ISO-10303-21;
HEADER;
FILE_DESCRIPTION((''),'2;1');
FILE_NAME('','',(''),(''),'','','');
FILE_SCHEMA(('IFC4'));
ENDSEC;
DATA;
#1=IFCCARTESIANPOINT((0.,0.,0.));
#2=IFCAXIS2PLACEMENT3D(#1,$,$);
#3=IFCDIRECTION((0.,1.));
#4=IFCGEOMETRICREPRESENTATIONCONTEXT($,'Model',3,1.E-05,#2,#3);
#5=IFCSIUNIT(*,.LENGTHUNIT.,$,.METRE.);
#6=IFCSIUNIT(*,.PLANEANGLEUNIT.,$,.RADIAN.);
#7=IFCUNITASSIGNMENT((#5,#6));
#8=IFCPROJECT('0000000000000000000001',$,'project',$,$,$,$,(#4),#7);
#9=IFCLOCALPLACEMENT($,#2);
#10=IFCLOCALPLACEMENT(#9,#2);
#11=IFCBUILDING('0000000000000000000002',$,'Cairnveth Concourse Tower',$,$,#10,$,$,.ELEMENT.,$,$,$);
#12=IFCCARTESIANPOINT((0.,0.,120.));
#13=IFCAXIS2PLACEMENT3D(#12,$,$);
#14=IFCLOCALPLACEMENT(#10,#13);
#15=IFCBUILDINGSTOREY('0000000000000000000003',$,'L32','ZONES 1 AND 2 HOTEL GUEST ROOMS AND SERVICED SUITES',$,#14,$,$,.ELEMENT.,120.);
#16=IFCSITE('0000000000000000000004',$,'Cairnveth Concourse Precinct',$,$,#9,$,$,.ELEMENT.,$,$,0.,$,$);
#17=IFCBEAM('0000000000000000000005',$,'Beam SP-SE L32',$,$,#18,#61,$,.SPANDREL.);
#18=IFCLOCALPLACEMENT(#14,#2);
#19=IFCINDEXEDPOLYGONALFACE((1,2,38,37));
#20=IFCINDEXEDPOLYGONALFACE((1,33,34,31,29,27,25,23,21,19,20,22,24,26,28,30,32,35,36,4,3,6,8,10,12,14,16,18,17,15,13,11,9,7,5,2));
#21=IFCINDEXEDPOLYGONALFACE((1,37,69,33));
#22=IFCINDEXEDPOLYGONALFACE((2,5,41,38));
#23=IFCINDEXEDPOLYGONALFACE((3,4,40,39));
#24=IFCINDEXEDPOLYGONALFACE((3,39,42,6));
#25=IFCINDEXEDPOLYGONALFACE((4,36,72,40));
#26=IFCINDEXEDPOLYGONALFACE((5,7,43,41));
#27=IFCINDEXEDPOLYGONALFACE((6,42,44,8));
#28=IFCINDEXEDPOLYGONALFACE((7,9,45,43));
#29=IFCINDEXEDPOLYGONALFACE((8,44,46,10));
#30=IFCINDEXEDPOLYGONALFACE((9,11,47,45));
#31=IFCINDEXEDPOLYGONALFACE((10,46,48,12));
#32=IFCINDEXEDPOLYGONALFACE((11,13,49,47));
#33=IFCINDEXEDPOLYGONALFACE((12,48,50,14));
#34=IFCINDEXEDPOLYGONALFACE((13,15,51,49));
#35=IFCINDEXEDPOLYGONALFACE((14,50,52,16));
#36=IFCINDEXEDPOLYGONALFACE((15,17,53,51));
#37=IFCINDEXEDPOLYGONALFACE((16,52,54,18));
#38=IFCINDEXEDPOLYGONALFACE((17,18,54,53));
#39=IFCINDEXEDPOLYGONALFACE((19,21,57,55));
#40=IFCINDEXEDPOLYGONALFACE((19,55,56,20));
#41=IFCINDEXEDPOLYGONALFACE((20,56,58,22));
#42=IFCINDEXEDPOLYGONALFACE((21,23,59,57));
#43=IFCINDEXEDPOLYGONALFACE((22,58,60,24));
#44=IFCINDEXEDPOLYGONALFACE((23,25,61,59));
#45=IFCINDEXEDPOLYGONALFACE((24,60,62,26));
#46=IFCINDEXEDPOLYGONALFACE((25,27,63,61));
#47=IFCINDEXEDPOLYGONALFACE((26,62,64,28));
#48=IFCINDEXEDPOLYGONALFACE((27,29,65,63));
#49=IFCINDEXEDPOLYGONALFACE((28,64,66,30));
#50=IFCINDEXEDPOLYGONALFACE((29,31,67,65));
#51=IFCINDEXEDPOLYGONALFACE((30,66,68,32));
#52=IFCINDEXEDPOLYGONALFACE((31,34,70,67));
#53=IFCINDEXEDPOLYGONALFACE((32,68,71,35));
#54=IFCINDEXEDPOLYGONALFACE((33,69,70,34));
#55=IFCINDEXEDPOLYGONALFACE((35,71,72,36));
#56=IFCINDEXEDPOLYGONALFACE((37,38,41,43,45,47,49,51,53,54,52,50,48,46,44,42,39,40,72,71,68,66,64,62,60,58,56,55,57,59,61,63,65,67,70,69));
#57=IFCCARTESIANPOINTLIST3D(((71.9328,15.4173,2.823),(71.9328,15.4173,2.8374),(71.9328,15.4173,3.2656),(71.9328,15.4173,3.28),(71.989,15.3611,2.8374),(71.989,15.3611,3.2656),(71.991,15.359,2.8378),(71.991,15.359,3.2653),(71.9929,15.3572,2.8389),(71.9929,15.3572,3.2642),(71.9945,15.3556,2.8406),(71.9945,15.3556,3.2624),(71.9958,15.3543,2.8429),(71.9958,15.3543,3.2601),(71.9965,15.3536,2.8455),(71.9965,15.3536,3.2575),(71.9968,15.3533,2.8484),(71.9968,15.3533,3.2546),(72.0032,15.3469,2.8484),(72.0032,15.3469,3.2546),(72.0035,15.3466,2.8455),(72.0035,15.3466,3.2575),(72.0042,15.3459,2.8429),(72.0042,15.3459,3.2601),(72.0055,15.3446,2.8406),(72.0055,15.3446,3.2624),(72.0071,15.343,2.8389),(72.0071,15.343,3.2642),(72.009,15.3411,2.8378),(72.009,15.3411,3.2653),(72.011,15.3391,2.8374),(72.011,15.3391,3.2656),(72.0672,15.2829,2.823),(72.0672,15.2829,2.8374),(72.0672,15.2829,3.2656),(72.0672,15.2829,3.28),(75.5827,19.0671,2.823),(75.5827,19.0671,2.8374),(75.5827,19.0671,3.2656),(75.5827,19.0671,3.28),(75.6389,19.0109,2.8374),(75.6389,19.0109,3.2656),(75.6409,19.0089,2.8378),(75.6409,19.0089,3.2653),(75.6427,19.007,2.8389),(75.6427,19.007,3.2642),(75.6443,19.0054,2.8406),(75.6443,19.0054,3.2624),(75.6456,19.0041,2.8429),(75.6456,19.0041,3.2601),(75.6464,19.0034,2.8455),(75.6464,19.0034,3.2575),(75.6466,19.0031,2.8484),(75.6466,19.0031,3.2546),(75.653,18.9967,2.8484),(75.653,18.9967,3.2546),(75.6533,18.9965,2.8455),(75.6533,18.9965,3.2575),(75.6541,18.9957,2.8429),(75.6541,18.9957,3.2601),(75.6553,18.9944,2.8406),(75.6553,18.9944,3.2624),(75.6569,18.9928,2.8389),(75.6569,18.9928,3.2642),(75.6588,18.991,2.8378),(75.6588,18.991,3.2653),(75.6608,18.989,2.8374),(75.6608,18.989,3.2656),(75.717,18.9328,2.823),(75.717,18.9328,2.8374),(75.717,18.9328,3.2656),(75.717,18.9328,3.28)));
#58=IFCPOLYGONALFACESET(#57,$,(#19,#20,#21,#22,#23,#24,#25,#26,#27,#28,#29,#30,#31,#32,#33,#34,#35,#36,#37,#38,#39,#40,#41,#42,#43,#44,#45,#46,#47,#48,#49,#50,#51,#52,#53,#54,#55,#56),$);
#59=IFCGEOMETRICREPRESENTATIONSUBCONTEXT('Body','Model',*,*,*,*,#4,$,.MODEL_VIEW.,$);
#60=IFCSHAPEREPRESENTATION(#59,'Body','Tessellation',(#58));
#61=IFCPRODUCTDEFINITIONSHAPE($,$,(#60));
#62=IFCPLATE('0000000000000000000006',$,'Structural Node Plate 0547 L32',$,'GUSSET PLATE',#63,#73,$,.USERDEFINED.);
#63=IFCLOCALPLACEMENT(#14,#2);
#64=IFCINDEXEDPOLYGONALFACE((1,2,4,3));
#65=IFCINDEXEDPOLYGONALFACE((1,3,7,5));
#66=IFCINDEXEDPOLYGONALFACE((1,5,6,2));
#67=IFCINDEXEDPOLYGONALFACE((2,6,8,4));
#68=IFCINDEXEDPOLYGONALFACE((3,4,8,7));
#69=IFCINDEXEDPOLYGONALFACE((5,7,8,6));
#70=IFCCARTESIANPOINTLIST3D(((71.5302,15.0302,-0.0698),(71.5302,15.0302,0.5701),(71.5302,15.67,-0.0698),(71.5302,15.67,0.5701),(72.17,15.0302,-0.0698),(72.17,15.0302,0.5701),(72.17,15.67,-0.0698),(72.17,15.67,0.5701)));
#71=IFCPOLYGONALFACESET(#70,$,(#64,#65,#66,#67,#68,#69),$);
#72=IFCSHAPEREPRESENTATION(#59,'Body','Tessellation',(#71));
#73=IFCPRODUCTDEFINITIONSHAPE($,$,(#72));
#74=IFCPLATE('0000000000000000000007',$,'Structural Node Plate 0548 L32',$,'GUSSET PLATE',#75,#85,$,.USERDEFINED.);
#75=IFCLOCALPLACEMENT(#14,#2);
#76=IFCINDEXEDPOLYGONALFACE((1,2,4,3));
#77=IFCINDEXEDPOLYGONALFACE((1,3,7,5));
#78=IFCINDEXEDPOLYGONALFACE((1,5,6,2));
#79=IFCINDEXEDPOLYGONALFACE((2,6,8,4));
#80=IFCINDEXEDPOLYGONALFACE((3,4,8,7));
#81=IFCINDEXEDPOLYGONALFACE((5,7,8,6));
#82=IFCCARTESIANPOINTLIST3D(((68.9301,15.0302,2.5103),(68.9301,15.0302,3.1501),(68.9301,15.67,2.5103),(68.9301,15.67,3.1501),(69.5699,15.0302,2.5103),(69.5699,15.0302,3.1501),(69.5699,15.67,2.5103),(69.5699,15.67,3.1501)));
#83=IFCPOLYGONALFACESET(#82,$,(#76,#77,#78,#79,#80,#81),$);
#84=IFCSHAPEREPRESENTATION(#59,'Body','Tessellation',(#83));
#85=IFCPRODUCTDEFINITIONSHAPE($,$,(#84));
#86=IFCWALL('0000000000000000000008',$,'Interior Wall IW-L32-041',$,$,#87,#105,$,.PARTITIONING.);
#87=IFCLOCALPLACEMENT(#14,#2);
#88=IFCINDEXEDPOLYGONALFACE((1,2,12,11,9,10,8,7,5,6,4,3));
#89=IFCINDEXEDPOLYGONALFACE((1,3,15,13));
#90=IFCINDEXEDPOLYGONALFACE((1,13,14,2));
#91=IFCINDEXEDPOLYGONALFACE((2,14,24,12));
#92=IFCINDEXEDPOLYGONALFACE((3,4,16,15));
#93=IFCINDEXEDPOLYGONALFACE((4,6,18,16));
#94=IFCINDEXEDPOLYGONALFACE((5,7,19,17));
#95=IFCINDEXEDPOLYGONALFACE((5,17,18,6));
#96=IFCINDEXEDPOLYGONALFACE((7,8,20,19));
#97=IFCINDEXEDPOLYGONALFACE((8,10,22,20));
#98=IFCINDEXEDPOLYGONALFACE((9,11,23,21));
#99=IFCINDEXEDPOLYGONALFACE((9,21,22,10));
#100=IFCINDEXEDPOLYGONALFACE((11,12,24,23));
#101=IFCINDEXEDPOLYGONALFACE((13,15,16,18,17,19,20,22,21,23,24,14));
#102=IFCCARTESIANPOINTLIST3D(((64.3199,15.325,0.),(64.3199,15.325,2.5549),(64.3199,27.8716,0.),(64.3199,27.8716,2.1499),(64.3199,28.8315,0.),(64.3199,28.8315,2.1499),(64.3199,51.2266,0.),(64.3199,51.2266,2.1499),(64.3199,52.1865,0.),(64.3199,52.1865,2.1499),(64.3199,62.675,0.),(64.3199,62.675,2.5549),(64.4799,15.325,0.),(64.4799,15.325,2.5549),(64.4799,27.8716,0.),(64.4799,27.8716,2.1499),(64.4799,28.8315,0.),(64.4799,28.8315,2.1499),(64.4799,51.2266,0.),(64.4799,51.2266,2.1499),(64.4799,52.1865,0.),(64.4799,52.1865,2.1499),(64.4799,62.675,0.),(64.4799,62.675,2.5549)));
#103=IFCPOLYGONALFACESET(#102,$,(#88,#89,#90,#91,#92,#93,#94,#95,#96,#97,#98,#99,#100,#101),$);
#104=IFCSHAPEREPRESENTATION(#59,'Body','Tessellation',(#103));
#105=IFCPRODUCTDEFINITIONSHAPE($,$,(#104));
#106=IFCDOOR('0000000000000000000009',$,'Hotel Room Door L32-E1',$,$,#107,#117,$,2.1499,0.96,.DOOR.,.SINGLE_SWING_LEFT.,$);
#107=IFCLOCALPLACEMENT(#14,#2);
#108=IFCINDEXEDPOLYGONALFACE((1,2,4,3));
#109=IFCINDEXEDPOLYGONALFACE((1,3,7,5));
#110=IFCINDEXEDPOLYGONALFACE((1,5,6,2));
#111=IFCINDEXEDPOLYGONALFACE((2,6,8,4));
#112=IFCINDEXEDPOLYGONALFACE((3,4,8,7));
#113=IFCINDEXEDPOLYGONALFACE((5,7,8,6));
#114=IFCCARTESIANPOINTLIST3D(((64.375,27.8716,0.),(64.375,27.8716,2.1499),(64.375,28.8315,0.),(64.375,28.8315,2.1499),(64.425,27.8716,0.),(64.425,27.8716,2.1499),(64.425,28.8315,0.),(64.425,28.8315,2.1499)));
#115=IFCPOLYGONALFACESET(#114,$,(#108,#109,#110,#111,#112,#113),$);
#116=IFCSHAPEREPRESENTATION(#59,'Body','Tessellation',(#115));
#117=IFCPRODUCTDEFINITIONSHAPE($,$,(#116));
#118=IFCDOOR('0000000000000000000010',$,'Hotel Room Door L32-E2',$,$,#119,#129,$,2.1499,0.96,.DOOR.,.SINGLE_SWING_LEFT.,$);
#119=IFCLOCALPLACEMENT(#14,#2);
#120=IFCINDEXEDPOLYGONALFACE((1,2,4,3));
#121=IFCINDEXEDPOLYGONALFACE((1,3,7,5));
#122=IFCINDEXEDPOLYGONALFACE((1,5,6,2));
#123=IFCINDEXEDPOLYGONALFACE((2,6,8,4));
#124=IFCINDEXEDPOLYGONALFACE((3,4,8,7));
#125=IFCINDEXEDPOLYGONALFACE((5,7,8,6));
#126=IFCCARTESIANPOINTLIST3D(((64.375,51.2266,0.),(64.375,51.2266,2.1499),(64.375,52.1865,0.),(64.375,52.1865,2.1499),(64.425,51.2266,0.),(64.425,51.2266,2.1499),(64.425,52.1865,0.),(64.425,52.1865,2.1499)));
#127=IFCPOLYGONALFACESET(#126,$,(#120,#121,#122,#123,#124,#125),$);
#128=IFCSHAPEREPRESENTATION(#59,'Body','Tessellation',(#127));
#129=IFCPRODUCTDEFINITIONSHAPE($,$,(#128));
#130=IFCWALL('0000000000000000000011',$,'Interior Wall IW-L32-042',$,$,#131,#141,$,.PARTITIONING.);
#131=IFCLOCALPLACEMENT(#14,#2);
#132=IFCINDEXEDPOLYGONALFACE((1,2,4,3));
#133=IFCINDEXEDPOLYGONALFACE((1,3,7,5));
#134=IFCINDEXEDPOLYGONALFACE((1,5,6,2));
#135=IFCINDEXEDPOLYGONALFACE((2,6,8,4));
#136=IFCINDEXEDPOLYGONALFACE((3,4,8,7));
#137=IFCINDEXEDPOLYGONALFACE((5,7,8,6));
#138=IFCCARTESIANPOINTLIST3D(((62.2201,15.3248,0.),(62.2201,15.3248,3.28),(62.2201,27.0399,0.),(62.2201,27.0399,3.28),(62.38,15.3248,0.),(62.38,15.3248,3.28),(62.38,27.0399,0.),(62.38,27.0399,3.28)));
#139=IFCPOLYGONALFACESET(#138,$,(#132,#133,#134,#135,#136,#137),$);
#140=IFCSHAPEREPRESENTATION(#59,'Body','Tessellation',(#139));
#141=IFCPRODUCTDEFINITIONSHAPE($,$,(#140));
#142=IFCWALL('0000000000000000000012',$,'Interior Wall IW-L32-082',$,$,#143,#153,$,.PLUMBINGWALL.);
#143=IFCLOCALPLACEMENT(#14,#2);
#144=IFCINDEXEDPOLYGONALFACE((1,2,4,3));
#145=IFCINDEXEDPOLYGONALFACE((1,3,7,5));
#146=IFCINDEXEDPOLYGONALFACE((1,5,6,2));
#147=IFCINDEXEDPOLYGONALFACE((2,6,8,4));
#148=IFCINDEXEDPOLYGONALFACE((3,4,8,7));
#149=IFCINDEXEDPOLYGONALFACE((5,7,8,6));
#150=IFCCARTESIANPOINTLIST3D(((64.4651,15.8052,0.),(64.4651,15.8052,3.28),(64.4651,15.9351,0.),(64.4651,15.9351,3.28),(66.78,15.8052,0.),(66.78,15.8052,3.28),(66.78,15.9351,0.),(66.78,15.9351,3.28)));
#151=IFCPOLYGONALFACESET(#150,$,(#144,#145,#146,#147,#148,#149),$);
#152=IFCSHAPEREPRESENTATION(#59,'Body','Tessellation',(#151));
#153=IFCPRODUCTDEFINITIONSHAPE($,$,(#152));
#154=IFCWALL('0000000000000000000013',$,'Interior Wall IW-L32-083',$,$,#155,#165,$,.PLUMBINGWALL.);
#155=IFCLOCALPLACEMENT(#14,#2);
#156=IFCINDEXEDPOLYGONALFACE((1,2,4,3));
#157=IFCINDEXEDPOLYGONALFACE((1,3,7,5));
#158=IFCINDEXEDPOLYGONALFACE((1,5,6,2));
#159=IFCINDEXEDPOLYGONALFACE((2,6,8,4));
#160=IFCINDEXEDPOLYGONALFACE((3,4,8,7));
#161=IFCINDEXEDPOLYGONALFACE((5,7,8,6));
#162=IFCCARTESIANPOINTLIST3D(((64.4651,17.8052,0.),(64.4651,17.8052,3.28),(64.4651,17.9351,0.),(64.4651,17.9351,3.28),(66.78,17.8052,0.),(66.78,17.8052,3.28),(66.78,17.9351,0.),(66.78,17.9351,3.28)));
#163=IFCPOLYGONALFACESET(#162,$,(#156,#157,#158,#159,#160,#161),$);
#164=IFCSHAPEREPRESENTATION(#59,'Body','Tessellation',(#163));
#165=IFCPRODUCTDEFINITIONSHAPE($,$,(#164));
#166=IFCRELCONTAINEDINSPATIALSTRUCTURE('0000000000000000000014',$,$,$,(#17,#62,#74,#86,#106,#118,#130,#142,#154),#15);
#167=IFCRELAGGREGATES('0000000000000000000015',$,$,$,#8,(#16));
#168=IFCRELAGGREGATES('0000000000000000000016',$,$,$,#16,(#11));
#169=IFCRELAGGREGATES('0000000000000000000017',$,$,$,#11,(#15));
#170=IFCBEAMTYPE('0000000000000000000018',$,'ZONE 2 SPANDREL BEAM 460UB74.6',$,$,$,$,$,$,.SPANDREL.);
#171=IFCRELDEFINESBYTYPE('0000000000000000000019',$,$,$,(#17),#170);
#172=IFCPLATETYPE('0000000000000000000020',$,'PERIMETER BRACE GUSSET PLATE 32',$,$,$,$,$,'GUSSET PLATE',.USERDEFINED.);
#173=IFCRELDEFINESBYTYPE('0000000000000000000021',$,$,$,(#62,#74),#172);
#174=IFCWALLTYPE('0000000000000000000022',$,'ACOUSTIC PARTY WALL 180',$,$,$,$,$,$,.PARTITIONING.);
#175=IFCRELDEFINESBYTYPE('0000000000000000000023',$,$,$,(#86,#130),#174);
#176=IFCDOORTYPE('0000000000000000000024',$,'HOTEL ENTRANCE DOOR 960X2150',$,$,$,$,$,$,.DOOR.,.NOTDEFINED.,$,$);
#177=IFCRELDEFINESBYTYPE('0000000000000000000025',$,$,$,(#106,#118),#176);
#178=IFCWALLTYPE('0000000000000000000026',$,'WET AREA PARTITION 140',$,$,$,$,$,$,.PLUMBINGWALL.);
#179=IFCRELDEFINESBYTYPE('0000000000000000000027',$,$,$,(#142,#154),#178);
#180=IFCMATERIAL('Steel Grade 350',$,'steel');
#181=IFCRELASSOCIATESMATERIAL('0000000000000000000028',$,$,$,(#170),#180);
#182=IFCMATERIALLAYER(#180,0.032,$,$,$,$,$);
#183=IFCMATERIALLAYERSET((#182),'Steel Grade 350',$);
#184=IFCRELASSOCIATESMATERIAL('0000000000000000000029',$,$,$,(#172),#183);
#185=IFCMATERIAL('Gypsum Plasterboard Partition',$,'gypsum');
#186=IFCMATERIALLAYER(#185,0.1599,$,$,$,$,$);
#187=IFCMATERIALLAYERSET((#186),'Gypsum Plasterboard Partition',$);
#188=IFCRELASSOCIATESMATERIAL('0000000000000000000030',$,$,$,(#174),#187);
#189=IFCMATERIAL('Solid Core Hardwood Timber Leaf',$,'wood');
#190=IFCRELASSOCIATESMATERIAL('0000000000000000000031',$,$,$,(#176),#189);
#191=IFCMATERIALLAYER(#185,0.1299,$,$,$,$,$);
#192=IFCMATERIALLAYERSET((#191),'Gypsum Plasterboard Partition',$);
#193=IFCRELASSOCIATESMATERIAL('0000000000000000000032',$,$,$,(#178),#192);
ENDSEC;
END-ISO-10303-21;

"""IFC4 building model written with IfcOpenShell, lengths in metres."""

from ifc_helpers import new_model, si_unit, direction, frame, frame_2d, origin, origin_2d, place, context, subcontext, project, spatial, rectangle, i_section, extrude, material, layer, layer_set, material_profile, profile_set, type_object, element, fill, save


model = new_model("IFC4")

# Units and contexts
model_context = context("Model", 3, precision=1e-05, world=origin(), true_north=direction((0.0, 1.0)))
body_context = subcontext(model_context, "Body", "Model", "MODEL_VIEW")
ifc_project = project(units=[si_unit("LENGTHUNIT", "METRE"), si_unit("PLANEANGLEUNIT", "RADIAN")], contexts=[model_context])

# Site, building, storey
site_placement = place(None, origin())
site = spatial("IfcSite", under=ifc_project, at=site_placement, Name="Cairnveth Concourse Precinct", CompositionType="ELEMENT", RefElevation=0.0)
building_placement = place(site_placement, origin())
building = spatial("IfcBuilding", under=site, at=building_placement, Name="Cairnveth Concourse Tower", CompositionType="ELEMENT")
storey_placement = place(building_placement, frame((0.0, 0.0, 120.0)))
storey = spatial("IfcBuildingStorey", under=building, at=storey_placement, Name="L32", Description="ZONES 1 AND 2 HOTEL GUEST ROOMS AND SERVICED SUITES", CompositionType="ELEMENT", Elevation=120.0)

# Shared definitions
ifc_material_1 = material(Name="Steel Grade 350", Category="steel")

# Beam
ifc_material_profile_1 = material_profile(ifc_material_1, i_section(OverallWidth=0.1899, OverallDepth=0.457, WebThickness=0.009, FlangeThickness=0.0144, FilletRadius=0.011, at=origin_2d()), Name="460UB74.6")
ifc_profile_set_1 = profile_set([ifc_material_profile_1], Name="Steel Grade 350")
beam_type_1 = type_object("IfcBeamType", Name="ZONE 2 SPANDREL BEAM 460UB74.6", PredefinedType="SPANDREL", material=ifc_profile_set_1)
beam_1_placement = place(storey_placement, frame((72.0, 15.3501, 3.0515), z_axis=(0.707107, 0.707107, 0.0), x_axis=(-0.707107, 0.707107, 0.0)))
element("IfcBeam", 1, at=beam_1_placement, inside=storey, type_object=beam_type_1, Name="Beam SP-SE L32", PredefinedType="SPANDREL", context=body_context, shape_type="SweptSolid", body=[
    extrude(i_section(OverallWidth=0.1899, OverallDepth=0.457, WebThickness=0.009, FlangeThickness=0.0144, FilletRadius=0.011, at=origin_2d()), origin(), (0.0, 0.0, 1.0), 5.1616),
])

# Plates
ifc_layer_1 = layer(ifc_material_1, 0.032)
ifc_layer_set_1 = layer_set([ifc_layer_1], Name="Steel Grade 350")
plate_type = type_object("IfcPlateType", Name="PERIMETER BRACE GUSSET PLATE 32", ElementType="GUSSET PLATE", PredefinedType="USERDEFINED", material=ifc_layer_set_1)
for number, where, z_axis, x_axis, name in (
    (2, (71.8501, 15.3501, -0.0698), (0.0, 0.0, 1.0), (1.0, 0.0, 0.0), "Structural Node Plate 0547 L32"),
    (3, (69.25, 15.3501, 2.5103), (0.0, 0.0, 1.0), (1.0, 0.0, 0.0), "Structural Node Plate 0548 L32"),
):
    element("IfcPlate", number, at=place(storey_placement, frame(where, z_axis=z_axis, x_axis=x_axis)), inside=storey, type_object=plate_type, Name=name, ObjectType="GUSSET PLATE", PredefinedType="USERDEFINED", context=body_context, shape_type="SweptSolid", body=[
        extrude(rectangle(XDim=0.6399, YDim=0.6399, at=origin_2d()), origin(), (0.0, 0.0, 1.0), 0.6399),
    ])

# Wall, openings, doors
ifc_material_2 = material(Name="Gypsum Plasterboard Partition", Category="gypsum")
ifc_layer_2 = layer(ifc_material_2, 0.1599)
ifc_layer_set_2 = layer_set([ifc_layer_2], Name="Gypsum Plasterboard Partition")
wall_type_1 = type_object("IfcWallType", Name="ACOUSTIC PARTY WALL 180", PredefinedType="PARTITIONING", material=ifc_layer_set_2)
wall_1_placement = place(storey_placement, frame((64.3999, 15.325, 0.0), z_axis=(0.0, 0.0, 1.0), x_axis=(0.0, 1.0, 0.0)))
wall_1 = element("IfcWall", 4, at=wall_1_placement, inside=storey, type_object=wall_type_1, Name="Interior Wall IW-L32-041", PredefinedType="PARTITIONING", context=body_context, shape_type="SweptSolid", body=[
    extrude(rectangle(XDim=47.3501, YDim=0.1599, at=frame_2d((23.675, 0.0))), origin(), (0.0, 0.0, 1.0), 2.5549),
])
opening_1_placement = place(wall_1_placement, frame((12.5466, 0.0, 0.0)))
opening_1 = element("IfcOpeningElement", 5, at=opening_1_placement, cuts=wall_1, PredefinedType="OPENING", context=body_context, shape_type="SweptSolid", body=[
    extrude(rectangle(XDim=0.96, YDim=2.1499, at=frame_2d((0.48, 1.075))), frame((0.0, 0.0898, 0.0), z_axis=(0.0, -1.0, 0.0), x_axis=(1.0, 0.0, 0.0)), (0.0, 0.0, 1.0), 0.1799),
])
opening_2_placement = place(wall_1_placement, frame((35.9016, 0.0, 0.0)))
opening_2 = element("IfcOpeningElement", 6, at=opening_2_placement, cuts=wall_1, PredefinedType="OPENING", context=body_context, shape_type="SweptSolid", body=[
    extrude(rectangle(XDim=0.96, YDim=2.1499, at=frame_2d((0.48, 1.075))), frame((0.0, 0.0898, 0.0), z_axis=(0.0, -1.0, 0.0), x_axis=(1.0, 0.0, 0.0)), (0.0, 0.0, 1.0), 0.1799),
])
ifc_material_3 = material(Name="Solid Core Hardwood Timber Leaf", Category="wood")
door_type_1 = type_object("IfcDoorType", Name="HOTEL ENTRANCE DOOR 960X2150", OperationType="NOTDEFINED", PredefinedType="DOOR", material=ifc_material_3)
door_1_placement = place(opening_1_placement, origin())
door_1 = element("IfcDoor", 7, at=door_1_placement, inside=storey, type_object=door_type_1, Name="Hotel Room Door L32-E1", OperationType="SINGLE_SWING_LEFT", OverallHeight=2.1499, OverallWidth=0.96, PredefinedType="DOOR", context=body_context, shape_type="SweptSolid", body=[
    extrude(rectangle(XDim=0.96, YDim=2.1499, at=frame_2d((0.48, 1.075))), frame((0.0, 0.0249, 0.0), z_axis=(0.0, -1.0, 0.0), x_axis=(1.0, 0.0, 0.0)), (0.0, 0.0, 1.0), 0.05),
])
fill(opening_1, door_1)
door_2_placement = place(opening_2_placement, origin())
door_2 = element("IfcDoor", 8, at=door_2_placement, inside=storey, type_object=door_type_1, Name="Hotel Room Door L32-E2", OperationType="SINGLE_SWING_LEFT", OverallHeight=2.1499, OverallWidth=0.96, PredefinedType="DOOR", context=body_context, shape_type="SweptSolid", body=[
    extrude(rectangle(XDim=0.96, YDim=2.1499, at=frame_2d((0.48, 1.075))), frame((0.0, 0.0249, 0.0), z_axis=(0.0, -1.0, 0.0), x_axis=(1.0, 0.0, 0.0)), (0.0, 0.0, 1.0), 0.05),
])
fill(opening_2, door_2)

# Walls
wall_2_placement = place(storey_placement, frame((62.3, 15.325, 0.0), z_axis=(0.0, 0.0, 1.0), x_axis=(0.0, 1.0, 0.0)))
element("IfcWall", 9, at=wall_2_placement, inside=storey, type_object=wall_type_1, Name="Interior Wall IW-L32-042", PredefinedType="PARTITIONING", context=body_context, shape_type="SweptSolid", body=[
    extrude(rectangle(XDim=11.7151, YDim=0.1599, at=frame_2d((5.8574, 0.0))), origin(), (0.0, 0.0, 1.0), 3.28),
])
ifc_layer_3 = layer(ifc_material_2, 0.1299)
ifc_layer_set_3 = layer_set([ifc_layer_3], Name="Gypsum Plasterboard Partition")
wall_type_2 = type_object("IfcWallType", Name="WET AREA PARTITION 140", PredefinedType="PLUMBINGWALL", material=ifc_layer_set_3)
for number, where, z_axis, x_axis, name in (
    (10, (64.4651, 15.8701, 0.0), (0.0, 0.0, 1.0), (1.0, 0.0, 0.0), "Interior Wall IW-L32-082"),
    (11, (64.4651, 17.8701, 0.0), (0.0, 0.0, 1.0), (1.0, 0.0, 0.0), "Interior Wall IW-L32-083"),
):
    element("IfcWall", number, at=place(storey_placement, frame(where, z_axis=z_axis, x_axis=x_axis)), inside=storey, type_object=wall_type_2, Name=name, PredefinedType="PLUMBINGWALL", context=body_context, shape_type="SweptSolid", body=[
        extrude(rectangle(XDim=2.3149, YDim=0.1299, at=frame_2d((1.1575, 0.0))), origin(), (0.0, 0.0, 1.0), 3.28),
    ])

save(model, "model.ifc")
